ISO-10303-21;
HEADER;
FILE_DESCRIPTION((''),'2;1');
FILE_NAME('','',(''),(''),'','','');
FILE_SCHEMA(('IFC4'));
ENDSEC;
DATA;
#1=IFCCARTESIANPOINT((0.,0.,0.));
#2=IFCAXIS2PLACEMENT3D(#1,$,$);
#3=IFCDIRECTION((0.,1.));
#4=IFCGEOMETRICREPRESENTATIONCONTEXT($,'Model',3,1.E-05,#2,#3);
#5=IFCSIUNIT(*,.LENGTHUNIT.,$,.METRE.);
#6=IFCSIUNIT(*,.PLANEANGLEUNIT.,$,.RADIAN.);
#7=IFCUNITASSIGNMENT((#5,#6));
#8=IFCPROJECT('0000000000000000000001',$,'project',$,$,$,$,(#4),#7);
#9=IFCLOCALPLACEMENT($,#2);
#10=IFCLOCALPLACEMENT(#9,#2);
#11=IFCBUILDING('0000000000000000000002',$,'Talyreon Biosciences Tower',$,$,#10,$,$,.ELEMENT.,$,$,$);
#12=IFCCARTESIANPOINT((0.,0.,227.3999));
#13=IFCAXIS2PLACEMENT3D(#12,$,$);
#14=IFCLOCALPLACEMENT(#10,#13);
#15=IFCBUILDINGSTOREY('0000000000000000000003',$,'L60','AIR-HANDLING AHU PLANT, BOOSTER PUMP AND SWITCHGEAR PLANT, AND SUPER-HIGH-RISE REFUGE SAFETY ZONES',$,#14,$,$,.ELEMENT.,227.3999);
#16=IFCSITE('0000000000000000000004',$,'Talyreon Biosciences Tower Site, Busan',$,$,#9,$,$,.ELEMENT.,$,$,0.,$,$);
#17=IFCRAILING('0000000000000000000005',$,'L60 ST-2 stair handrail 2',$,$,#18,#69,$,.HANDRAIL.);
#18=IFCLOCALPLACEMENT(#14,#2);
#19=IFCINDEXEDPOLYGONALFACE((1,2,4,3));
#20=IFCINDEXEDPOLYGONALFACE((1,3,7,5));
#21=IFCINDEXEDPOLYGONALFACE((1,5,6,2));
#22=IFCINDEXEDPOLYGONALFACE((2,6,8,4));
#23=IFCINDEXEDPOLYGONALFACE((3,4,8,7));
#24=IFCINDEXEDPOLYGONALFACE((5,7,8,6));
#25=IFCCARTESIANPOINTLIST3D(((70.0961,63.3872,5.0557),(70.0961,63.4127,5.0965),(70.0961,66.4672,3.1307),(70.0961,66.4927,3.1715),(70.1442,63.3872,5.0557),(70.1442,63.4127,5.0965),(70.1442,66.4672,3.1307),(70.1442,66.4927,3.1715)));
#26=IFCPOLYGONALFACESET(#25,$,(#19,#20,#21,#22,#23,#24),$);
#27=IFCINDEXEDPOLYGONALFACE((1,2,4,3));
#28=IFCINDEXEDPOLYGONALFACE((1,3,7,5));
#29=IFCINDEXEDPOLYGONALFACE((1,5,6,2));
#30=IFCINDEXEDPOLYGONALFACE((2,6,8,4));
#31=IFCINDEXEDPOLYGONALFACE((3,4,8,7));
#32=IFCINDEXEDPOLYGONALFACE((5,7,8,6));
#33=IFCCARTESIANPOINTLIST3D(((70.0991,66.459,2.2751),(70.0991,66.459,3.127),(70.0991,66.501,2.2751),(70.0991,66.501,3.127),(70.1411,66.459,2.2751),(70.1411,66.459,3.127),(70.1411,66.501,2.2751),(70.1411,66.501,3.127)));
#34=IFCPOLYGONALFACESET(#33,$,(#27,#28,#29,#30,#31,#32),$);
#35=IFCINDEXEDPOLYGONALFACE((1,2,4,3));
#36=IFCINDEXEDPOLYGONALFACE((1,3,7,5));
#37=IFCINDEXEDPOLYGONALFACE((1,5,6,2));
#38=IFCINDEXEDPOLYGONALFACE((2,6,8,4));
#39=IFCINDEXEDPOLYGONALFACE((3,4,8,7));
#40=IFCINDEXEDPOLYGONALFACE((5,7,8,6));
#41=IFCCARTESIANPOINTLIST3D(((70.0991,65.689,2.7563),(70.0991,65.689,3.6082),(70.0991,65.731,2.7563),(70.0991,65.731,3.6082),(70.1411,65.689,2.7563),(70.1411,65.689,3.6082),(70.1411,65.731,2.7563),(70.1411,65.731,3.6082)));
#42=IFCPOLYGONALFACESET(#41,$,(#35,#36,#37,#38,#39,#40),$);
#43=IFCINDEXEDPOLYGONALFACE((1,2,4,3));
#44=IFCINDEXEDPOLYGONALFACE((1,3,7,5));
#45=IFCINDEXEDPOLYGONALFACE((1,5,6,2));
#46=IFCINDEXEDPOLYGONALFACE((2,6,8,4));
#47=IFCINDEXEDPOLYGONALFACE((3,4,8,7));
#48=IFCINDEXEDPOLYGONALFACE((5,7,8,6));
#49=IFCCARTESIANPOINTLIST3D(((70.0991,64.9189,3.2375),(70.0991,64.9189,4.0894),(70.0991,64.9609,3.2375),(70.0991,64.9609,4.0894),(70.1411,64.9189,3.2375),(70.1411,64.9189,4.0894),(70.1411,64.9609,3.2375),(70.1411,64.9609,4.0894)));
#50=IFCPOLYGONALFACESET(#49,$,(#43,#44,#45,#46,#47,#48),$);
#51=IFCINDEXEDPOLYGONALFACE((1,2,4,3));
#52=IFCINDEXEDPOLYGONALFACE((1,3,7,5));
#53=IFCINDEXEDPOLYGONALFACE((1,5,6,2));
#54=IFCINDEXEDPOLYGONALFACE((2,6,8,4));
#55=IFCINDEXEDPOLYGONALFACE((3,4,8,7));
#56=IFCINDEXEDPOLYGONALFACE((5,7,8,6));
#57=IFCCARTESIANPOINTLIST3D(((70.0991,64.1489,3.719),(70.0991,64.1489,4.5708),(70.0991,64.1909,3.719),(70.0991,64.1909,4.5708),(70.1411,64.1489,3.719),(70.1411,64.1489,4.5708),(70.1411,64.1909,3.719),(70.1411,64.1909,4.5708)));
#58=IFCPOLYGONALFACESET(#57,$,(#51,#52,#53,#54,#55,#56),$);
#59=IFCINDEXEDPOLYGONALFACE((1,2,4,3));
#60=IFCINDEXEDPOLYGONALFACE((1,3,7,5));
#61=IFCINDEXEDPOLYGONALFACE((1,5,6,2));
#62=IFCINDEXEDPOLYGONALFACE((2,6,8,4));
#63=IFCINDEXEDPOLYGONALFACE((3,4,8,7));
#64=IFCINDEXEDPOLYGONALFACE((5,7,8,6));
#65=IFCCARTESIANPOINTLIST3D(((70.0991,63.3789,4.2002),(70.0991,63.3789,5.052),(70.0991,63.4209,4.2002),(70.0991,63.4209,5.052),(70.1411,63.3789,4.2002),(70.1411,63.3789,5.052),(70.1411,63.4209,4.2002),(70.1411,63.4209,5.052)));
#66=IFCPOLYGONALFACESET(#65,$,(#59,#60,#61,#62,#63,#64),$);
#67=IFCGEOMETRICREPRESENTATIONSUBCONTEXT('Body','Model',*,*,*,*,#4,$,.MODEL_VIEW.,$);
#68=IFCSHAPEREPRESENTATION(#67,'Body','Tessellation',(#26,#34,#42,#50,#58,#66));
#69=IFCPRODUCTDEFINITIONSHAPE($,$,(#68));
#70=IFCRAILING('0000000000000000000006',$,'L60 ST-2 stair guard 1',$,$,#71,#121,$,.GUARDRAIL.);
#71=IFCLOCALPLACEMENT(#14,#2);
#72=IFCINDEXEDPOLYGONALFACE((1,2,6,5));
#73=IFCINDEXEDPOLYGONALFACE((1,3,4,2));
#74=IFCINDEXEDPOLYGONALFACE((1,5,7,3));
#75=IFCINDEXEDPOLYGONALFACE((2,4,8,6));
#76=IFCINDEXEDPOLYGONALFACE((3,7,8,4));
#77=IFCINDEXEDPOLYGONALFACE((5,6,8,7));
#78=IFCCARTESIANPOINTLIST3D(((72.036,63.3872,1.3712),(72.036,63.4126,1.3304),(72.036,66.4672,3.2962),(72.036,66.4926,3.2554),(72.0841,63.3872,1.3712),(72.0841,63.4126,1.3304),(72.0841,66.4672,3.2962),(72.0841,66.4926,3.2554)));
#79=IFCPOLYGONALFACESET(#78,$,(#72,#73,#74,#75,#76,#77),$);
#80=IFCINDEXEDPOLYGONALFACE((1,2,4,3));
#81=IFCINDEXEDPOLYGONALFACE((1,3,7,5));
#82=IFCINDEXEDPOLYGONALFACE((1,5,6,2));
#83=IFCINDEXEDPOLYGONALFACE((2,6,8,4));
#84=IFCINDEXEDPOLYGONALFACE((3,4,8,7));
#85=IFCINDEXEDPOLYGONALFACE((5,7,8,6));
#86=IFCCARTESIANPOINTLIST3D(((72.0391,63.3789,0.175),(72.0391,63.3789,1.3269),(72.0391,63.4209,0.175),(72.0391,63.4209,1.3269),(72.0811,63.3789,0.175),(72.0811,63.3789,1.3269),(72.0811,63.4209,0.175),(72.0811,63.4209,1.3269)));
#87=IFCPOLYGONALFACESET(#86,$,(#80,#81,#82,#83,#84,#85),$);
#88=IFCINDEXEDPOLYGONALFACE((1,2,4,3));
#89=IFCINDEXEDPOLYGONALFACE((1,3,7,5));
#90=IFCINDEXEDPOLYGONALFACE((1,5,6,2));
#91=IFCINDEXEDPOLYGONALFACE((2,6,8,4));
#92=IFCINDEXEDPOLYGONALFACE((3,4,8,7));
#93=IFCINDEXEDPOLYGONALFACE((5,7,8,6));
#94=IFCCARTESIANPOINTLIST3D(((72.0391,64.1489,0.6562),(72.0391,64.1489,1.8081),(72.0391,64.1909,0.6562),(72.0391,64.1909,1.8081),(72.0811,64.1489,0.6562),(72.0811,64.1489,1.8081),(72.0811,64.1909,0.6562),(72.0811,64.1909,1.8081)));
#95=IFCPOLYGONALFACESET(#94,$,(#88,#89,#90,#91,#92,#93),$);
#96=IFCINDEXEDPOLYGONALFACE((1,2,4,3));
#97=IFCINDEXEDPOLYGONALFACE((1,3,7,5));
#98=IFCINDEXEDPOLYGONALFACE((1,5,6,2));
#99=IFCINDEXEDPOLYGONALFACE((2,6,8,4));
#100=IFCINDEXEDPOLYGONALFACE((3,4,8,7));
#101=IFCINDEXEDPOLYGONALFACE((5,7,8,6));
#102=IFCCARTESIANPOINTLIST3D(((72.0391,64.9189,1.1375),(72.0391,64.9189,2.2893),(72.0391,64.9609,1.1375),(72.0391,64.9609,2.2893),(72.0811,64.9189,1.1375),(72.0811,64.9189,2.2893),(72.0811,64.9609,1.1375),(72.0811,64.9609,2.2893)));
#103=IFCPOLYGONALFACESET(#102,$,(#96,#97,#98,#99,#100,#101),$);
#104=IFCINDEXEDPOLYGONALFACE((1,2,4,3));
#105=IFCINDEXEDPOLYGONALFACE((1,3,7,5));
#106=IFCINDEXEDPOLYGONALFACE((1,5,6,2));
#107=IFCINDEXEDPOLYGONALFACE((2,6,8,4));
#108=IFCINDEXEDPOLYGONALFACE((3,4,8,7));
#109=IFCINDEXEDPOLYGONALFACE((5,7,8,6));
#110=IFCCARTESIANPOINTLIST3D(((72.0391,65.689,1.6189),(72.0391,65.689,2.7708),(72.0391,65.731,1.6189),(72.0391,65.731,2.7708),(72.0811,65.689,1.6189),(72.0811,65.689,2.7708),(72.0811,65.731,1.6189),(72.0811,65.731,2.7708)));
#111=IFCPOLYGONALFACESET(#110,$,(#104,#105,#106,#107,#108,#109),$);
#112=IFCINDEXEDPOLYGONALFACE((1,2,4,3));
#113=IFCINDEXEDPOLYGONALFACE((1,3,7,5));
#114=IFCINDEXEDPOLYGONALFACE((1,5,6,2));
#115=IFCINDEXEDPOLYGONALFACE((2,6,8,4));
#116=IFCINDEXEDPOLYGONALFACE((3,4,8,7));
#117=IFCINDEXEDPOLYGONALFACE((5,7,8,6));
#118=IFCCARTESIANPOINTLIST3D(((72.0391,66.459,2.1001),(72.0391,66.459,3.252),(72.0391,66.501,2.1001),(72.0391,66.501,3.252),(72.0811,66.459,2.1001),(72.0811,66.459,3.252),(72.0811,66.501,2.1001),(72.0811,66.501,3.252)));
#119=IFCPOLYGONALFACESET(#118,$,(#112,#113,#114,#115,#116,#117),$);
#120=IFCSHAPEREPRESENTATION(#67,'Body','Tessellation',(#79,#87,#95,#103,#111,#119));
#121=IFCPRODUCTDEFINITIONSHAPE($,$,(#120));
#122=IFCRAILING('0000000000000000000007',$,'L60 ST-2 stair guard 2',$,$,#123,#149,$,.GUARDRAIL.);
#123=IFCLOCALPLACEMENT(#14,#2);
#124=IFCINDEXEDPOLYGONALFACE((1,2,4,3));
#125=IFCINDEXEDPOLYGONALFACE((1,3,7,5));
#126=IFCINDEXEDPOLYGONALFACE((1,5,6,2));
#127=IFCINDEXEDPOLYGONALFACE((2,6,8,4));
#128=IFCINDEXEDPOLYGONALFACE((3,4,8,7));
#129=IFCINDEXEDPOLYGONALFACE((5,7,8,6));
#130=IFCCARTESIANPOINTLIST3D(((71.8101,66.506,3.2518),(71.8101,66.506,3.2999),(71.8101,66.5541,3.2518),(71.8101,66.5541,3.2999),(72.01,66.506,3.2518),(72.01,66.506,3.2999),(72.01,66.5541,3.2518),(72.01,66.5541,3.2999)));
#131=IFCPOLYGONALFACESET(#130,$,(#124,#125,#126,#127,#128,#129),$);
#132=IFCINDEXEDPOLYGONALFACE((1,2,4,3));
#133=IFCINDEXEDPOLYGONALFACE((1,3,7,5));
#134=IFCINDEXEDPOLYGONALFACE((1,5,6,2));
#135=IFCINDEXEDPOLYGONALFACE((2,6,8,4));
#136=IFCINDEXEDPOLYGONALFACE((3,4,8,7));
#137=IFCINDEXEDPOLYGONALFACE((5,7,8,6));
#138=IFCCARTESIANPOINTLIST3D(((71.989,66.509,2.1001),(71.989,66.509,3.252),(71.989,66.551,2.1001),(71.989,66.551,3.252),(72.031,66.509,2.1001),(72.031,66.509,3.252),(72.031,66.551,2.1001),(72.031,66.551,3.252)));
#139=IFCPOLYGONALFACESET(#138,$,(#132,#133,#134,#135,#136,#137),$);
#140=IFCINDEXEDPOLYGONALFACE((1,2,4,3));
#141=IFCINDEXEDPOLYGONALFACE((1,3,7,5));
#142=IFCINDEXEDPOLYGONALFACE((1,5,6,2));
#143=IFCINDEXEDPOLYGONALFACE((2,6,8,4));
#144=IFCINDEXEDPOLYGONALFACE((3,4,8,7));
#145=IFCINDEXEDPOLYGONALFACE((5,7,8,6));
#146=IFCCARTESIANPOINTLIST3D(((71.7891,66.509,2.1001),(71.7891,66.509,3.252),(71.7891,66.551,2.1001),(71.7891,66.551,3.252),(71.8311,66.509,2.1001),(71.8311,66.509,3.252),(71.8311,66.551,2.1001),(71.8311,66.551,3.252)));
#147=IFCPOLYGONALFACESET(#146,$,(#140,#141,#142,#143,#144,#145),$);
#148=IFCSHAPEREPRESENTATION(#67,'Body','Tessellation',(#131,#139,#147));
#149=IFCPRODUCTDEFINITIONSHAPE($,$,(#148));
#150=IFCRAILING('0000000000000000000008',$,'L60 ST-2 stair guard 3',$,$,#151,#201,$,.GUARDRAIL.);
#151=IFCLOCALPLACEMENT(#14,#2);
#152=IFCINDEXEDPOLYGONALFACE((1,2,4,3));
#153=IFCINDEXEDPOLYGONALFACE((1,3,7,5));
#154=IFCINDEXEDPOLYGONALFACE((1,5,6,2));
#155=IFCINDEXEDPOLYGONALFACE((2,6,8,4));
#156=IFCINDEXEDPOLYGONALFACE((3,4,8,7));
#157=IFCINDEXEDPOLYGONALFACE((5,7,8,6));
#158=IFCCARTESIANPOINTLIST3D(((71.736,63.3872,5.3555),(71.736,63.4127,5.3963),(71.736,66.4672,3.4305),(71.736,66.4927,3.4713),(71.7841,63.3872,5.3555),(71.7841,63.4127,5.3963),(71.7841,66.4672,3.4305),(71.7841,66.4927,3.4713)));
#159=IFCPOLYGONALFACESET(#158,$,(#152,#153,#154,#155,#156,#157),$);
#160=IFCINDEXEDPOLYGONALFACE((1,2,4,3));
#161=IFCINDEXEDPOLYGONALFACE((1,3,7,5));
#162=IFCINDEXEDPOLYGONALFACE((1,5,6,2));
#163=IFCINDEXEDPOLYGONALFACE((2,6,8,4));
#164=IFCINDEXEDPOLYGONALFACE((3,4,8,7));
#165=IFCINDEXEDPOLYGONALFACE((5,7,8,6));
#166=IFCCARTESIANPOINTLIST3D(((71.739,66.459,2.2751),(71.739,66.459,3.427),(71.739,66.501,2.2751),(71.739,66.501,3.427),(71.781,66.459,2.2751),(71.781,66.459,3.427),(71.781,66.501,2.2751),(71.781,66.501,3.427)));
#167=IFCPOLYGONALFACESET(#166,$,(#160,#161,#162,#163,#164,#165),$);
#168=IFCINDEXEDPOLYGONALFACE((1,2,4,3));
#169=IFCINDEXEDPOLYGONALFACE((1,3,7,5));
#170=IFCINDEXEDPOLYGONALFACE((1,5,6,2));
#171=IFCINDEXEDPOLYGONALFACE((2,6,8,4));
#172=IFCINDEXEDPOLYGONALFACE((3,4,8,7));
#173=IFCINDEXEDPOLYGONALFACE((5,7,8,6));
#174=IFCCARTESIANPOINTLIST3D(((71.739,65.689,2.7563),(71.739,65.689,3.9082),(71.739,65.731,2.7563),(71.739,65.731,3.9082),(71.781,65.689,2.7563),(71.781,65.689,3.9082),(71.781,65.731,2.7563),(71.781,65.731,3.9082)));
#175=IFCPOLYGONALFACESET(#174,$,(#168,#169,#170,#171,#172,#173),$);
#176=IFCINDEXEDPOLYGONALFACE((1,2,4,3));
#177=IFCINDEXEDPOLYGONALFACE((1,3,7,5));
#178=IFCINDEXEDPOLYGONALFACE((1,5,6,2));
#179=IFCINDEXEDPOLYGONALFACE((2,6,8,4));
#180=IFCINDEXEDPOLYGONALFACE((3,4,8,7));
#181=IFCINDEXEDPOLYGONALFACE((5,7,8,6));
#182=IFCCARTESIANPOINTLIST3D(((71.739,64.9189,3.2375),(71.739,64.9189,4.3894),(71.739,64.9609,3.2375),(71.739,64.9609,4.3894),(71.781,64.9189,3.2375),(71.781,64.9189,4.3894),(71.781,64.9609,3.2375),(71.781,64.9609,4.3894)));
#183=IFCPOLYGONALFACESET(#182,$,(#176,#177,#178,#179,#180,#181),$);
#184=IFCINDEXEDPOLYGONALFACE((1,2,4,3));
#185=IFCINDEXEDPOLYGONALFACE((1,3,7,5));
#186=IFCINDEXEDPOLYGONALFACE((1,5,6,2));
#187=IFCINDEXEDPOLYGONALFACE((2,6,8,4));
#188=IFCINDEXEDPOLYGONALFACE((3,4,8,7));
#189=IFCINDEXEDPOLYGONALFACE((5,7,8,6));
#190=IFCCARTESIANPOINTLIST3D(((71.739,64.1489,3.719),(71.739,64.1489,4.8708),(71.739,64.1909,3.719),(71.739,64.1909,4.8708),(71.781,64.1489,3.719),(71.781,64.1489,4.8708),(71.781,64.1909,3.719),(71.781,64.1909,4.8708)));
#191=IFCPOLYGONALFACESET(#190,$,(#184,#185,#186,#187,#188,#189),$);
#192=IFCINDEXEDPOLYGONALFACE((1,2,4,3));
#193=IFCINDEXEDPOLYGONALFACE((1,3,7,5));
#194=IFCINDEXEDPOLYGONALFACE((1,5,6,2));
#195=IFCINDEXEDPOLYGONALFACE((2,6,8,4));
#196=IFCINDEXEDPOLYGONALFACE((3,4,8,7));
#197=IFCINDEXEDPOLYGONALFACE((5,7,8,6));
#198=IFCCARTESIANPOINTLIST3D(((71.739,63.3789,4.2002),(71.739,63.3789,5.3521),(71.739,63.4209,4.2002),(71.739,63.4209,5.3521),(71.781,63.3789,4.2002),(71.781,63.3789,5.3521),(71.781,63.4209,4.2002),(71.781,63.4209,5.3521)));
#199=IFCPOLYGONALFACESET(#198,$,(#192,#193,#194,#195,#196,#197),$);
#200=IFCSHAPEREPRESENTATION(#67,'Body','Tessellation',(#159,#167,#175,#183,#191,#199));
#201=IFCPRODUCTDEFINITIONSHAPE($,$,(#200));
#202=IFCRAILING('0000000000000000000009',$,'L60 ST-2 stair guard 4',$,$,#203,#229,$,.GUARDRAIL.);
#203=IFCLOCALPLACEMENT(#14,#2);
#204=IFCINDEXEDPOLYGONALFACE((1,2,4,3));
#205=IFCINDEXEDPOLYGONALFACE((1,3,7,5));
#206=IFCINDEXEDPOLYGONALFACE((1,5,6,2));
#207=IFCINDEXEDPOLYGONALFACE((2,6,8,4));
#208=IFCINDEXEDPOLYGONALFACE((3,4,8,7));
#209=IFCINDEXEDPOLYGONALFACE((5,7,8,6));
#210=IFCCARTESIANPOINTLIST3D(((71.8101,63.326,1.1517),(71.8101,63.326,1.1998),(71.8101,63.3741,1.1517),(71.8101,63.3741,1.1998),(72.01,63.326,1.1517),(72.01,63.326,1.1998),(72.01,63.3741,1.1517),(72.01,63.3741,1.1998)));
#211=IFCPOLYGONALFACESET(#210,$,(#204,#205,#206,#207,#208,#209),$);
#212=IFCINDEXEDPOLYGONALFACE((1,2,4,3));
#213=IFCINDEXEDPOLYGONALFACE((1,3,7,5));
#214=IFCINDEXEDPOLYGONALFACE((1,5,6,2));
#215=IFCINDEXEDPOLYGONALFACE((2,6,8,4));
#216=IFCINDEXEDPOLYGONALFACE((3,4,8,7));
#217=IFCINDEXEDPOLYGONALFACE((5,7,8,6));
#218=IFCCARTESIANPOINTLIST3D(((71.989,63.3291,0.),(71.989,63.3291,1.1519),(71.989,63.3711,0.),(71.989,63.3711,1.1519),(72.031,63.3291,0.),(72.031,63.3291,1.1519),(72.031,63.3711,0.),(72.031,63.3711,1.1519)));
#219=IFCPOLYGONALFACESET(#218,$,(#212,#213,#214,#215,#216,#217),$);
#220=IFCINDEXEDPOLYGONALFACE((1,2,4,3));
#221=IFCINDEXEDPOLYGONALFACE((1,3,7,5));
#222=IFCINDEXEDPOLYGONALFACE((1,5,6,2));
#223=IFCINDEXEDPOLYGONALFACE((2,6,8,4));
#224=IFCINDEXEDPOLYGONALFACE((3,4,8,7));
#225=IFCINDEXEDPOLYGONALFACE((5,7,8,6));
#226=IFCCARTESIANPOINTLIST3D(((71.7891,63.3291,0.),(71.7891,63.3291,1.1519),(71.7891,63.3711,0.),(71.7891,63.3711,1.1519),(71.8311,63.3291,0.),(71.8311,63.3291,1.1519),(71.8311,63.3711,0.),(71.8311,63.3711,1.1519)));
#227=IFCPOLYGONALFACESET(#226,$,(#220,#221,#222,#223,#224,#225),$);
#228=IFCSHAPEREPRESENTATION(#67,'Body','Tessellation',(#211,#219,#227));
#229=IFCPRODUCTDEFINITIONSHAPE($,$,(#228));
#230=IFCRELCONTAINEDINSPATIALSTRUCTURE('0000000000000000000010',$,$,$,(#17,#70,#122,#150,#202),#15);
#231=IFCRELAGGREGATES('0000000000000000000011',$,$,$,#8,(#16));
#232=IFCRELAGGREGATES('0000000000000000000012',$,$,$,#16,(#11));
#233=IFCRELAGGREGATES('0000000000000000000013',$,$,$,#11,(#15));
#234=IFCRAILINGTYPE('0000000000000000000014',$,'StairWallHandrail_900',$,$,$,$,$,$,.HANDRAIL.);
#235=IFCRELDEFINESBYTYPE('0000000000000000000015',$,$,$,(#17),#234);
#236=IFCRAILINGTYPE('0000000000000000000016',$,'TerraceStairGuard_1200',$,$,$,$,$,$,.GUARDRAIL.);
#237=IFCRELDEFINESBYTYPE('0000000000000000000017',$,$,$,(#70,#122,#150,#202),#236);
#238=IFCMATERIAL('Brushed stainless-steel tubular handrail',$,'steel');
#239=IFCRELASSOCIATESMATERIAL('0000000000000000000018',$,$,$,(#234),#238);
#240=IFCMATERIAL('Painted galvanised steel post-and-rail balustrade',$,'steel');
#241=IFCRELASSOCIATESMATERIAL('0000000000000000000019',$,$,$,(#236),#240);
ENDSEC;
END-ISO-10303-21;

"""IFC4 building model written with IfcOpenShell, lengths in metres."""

from ifc_helpers import new_model, si_unit, direction, frame, origin, origin_2d, place, context, subcontext, project, spatial, rectangle, extrude, material, type_object, element, save


model = new_model("IFC4")

# Units and contexts
model_context = context("Model", 3, precision=1e-05, world=origin(), true_north=direction((0.0, 1.0)))
body_context = subcontext(model_context, "Body", "Model", "MODEL_VIEW")
ifc_project = project(units=[si_unit("LENGTHUNIT", "METRE"), si_unit("PLANEANGLEUNIT", "RADIAN")], contexts=[model_context])

# Site, building, storey
site_placement = place(None, origin())
site = spatial("IfcSite", under=ifc_project, at=site_placement, Name="Talyreon Biosciences Tower Site, Busan", CompositionType="ELEMENT", RefElevation=0.0)
building_placement = place(site_placement, origin())
building = spatial("IfcBuilding", under=site, at=building_placement, Name="Talyreon Biosciences Tower", CompositionType="ELEMENT")
storey_placement = place(building_placement, frame((0.0, 0.0, 227.3999)))
storey = spatial("IfcBuildingStorey", under=building, at=storey_placement, Name="L60", Description="AIR-HANDLING AHU PLANT, BOOSTER PUMP AND SWITCHGEAR PLANT, AND SUPER-HIGH-RISE REFUGE SAFETY ZONES", CompositionType="ELEMENT", Elevation=227.3999)

# Railings
ifc_material_1 = material(Name="Brushed stainless-steel tubular handrail", Category="steel")
railing_type_1 = type_object("IfcRailingType", Name="StairWallHandrail_900", PredefinedType="HANDRAIL", material=ifc_material_1)
railing_1_placement = place(storey_placement, frame((70.1201, 66.48, 2.2751)))
element("IfcRailing", 1, at=railing_1_placement, inside=storey, type_object=railing_type_1, Name="L60 ST-2 stair handrail 2", PredefinedType="HANDRAIL", context=body_context, shape_type="SweptSolid", body=[
    extrude(rectangle(XDim=0.0481, YDim=0.0481, at=origin_2d()), frame((0.0, 0.0, 0.876), z_axis=(0.0, -0.847998, 0.529999), x_axis=(1.0, 0.0, 0.0)), (0.0, 0.0, 1.0), 3.6321),
    extrude(rectangle(XDim=0.042, YDim=0.042, at=origin_2d()), origin(), (0.0, 0.0, 1.0), 0.8518),
    extrude(rectangle(XDim=0.042, YDim=0.042, at=origin_2d()), frame((0.0, -0.77, 0.4812)), (0.0, 0.0, 1.0), 0.8518),
    extrude(rectangle(XDim=0.042, YDim=0.042, at=origin_2d()), frame((0.0, -1.54, 0.9624)), (0.0, 0.0, 1.0), 0.8518),
    extrude(rectangle(XDim=0.042, YDim=0.042, at=origin_2d()), frame((0.0, -2.3101, 1.4438)), (0.0, 0.0, 1.0), 0.8518),
    extrude(rectangle(XDim=0.042, YDim=0.042, at=origin_2d()), frame((0.0, -3.0801, 1.925)), (0.0, 0.0, 1.0), 0.8518),
])
ifc_material_2 = material(Name="Painted galvanised steel post-and-rail balustrade", Category="steel")
railing_type_2 = type_object("IfcRailingType", Name="TerraceStairGuard_1200", PredefinedType="GUARDRAIL", material=ifc_material_2)
railing_2_placement = place(storey_placement, frame((72.0601, 63.3999, 0.175)))
element("IfcRailing", 2, at=railing_2_placement, inside=storey, type_object=railing_type_2, Name="L60 ST-2 stair guard 1", PredefinedType="GUARDRAIL", context=body_context, shape_type="SweptSolid", body=[
    extrude(rectangle(XDim=0.0481, YDim=0.0481, at=origin_2d()), frame((0.0, 0.0, 1.1758), z_axis=(0.0, 0.847998, 0.529999), x_axis=(-1.0, 0.0, 0.0)), (0.0, 0.0, 1.0), 3.6321),
    extrude(rectangle(XDim=0.042, YDim=0.042, at=origin_2d()), origin(), (0.0, 0.0, 1.0), 1.1519),
    extrude(rectangle(XDim=0.042, YDim=0.042, at=origin_2d()), frame((0.0, 0.77, 0.4812)), (0.0, 0.0, 1.0), 1.1519),
    extrude(rectangle(XDim=0.042, YDim=0.042, at=origin_2d()), frame((0.0, 1.54, 0.9624)), (0.0, 0.0, 1.0), 1.1519),
    extrude(rectangle(XDim=0.042, YDim=0.042, at=origin_2d()), frame((0.0, 2.3101, 1.4438)), (0.0, 0.0, 1.0), 1.1519),
    extrude(rectangle(XDim=0.042, YDim=0.042, at=origin_2d()), frame((0.0, 3.0801, 1.925)), (0.0, 0.0, 1.0), 1.1519),
])
railing_3_placement = place(storey_placement, frame((72.01, 66.53, 2.1001)))
element("IfcRailing", 3, at=railing_3_placement, inside=storey, type_object=railing_type_2, Name="L60 ST-2 stair guard 2", PredefinedType="GUARDRAIL", context=body_context, shape_type="SweptSolid", body=[
    extrude(rectangle(XDim=0.0481, YDim=0.0481, at=origin_2d()), frame((0.0, 0.0, 1.1758), z_axis=(-1.0, 0.0, 0.0), x_axis=(0.0, -1.0, 0.0)), (0.0, 0.0, 1.0), 0.2),
    extrude(rectangle(XDim=0.042, YDim=0.042, at=origin_2d()), origin(), (0.0, 0.0, 1.0), 1.1519),
    extrude(rectangle(XDim=0.042, YDim=0.042, at=origin_2d()), frame((-0.2, 0.0, 0.0)), (0.0, 0.0, 1.0), 1.1519),
])
railing_4_placement = place(storey_placement, frame((71.76, 66.48, 2.2751)))
element("IfcRailing", 4, at=railing_4_placement, inside=storey, type_object=railing_type_2, Name="L60 ST-2 stair guard 3", PredefinedType="GUARDRAIL", context=body_context, shape_type="SweptSolid", body=[
    extrude(rectangle(XDim=0.0481, YDim=0.0481, at=origin_2d()), frame((0.0, 0.0, 1.1758), z_axis=(0.0, -0.847998, 0.529999), x_axis=(1.0, 0.0, 0.0)), (0.0, 0.0, 1.0), 3.6321),
    extrude(rectangle(XDim=0.042, YDim=0.042, at=origin_2d()), origin(), (0.0, 0.0, 1.0), 1.1519),
    extrude(rectangle(XDim=0.042, YDim=0.042, at=origin_2d()), frame((0.0, -0.77, 0.4812)), (0.0, 0.0, 1.0), 1.1519),
    extrude(rectangle(XDim=0.042, YDim=0.042, at=origin_2d()), frame((0.0, -1.54, 0.9624)), (0.0, 0.0, 1.0), 1.1519),
    extrude(rectangle(XDim=0.042, YDim=0.042, at=origin_2d()), frame((0.0, -2.3101, 1.4438)), (0.0, 0.0, 1.0), 1.1519),
    extrude(rectangle(XDim=0.042, YDim=0.042, at=origin_2d()), frame((0.0, -3.0801, 1.925)), (0.0, 0.0, 1.0), 1.1519),
])
railing_5_placement = place(storey_placement, frame((72.01, 63.3501, 0.0)))
element("IfcRailing", 5, at=railing_5_placement, inside=storey, type_object=railing_type_2, Name="L60 ST-2 stair guard 4", PredefinedType="GUARDRAIL", context=body_context, shape_type="SweptSolid", body=[
    extrude(rectangle(XDim=0.0481, YDim=0.0481, at=origin_2d()), frame((0.0, 0.0, 1.1758), z_axis=(-1.0, 0.0, 0.0), x_axis=(0.0, -1.0, 0.0)), (0.0, 0.0, 1.0), 0.2),
    extrude(rectangle(XDim=0.042, YDim=0.042, at=origin_2d()), origin(), (0.0, 0.0, 1.0), 1.1519),
    extrude(rectangle(XDim=0.042, YDim=0.042, at=origin_2d()), frame((-0.2, 0.0, 0.0)), (0.0, 0.0, 1.0), 1.1519),
])

save(model, "model.ifc")
